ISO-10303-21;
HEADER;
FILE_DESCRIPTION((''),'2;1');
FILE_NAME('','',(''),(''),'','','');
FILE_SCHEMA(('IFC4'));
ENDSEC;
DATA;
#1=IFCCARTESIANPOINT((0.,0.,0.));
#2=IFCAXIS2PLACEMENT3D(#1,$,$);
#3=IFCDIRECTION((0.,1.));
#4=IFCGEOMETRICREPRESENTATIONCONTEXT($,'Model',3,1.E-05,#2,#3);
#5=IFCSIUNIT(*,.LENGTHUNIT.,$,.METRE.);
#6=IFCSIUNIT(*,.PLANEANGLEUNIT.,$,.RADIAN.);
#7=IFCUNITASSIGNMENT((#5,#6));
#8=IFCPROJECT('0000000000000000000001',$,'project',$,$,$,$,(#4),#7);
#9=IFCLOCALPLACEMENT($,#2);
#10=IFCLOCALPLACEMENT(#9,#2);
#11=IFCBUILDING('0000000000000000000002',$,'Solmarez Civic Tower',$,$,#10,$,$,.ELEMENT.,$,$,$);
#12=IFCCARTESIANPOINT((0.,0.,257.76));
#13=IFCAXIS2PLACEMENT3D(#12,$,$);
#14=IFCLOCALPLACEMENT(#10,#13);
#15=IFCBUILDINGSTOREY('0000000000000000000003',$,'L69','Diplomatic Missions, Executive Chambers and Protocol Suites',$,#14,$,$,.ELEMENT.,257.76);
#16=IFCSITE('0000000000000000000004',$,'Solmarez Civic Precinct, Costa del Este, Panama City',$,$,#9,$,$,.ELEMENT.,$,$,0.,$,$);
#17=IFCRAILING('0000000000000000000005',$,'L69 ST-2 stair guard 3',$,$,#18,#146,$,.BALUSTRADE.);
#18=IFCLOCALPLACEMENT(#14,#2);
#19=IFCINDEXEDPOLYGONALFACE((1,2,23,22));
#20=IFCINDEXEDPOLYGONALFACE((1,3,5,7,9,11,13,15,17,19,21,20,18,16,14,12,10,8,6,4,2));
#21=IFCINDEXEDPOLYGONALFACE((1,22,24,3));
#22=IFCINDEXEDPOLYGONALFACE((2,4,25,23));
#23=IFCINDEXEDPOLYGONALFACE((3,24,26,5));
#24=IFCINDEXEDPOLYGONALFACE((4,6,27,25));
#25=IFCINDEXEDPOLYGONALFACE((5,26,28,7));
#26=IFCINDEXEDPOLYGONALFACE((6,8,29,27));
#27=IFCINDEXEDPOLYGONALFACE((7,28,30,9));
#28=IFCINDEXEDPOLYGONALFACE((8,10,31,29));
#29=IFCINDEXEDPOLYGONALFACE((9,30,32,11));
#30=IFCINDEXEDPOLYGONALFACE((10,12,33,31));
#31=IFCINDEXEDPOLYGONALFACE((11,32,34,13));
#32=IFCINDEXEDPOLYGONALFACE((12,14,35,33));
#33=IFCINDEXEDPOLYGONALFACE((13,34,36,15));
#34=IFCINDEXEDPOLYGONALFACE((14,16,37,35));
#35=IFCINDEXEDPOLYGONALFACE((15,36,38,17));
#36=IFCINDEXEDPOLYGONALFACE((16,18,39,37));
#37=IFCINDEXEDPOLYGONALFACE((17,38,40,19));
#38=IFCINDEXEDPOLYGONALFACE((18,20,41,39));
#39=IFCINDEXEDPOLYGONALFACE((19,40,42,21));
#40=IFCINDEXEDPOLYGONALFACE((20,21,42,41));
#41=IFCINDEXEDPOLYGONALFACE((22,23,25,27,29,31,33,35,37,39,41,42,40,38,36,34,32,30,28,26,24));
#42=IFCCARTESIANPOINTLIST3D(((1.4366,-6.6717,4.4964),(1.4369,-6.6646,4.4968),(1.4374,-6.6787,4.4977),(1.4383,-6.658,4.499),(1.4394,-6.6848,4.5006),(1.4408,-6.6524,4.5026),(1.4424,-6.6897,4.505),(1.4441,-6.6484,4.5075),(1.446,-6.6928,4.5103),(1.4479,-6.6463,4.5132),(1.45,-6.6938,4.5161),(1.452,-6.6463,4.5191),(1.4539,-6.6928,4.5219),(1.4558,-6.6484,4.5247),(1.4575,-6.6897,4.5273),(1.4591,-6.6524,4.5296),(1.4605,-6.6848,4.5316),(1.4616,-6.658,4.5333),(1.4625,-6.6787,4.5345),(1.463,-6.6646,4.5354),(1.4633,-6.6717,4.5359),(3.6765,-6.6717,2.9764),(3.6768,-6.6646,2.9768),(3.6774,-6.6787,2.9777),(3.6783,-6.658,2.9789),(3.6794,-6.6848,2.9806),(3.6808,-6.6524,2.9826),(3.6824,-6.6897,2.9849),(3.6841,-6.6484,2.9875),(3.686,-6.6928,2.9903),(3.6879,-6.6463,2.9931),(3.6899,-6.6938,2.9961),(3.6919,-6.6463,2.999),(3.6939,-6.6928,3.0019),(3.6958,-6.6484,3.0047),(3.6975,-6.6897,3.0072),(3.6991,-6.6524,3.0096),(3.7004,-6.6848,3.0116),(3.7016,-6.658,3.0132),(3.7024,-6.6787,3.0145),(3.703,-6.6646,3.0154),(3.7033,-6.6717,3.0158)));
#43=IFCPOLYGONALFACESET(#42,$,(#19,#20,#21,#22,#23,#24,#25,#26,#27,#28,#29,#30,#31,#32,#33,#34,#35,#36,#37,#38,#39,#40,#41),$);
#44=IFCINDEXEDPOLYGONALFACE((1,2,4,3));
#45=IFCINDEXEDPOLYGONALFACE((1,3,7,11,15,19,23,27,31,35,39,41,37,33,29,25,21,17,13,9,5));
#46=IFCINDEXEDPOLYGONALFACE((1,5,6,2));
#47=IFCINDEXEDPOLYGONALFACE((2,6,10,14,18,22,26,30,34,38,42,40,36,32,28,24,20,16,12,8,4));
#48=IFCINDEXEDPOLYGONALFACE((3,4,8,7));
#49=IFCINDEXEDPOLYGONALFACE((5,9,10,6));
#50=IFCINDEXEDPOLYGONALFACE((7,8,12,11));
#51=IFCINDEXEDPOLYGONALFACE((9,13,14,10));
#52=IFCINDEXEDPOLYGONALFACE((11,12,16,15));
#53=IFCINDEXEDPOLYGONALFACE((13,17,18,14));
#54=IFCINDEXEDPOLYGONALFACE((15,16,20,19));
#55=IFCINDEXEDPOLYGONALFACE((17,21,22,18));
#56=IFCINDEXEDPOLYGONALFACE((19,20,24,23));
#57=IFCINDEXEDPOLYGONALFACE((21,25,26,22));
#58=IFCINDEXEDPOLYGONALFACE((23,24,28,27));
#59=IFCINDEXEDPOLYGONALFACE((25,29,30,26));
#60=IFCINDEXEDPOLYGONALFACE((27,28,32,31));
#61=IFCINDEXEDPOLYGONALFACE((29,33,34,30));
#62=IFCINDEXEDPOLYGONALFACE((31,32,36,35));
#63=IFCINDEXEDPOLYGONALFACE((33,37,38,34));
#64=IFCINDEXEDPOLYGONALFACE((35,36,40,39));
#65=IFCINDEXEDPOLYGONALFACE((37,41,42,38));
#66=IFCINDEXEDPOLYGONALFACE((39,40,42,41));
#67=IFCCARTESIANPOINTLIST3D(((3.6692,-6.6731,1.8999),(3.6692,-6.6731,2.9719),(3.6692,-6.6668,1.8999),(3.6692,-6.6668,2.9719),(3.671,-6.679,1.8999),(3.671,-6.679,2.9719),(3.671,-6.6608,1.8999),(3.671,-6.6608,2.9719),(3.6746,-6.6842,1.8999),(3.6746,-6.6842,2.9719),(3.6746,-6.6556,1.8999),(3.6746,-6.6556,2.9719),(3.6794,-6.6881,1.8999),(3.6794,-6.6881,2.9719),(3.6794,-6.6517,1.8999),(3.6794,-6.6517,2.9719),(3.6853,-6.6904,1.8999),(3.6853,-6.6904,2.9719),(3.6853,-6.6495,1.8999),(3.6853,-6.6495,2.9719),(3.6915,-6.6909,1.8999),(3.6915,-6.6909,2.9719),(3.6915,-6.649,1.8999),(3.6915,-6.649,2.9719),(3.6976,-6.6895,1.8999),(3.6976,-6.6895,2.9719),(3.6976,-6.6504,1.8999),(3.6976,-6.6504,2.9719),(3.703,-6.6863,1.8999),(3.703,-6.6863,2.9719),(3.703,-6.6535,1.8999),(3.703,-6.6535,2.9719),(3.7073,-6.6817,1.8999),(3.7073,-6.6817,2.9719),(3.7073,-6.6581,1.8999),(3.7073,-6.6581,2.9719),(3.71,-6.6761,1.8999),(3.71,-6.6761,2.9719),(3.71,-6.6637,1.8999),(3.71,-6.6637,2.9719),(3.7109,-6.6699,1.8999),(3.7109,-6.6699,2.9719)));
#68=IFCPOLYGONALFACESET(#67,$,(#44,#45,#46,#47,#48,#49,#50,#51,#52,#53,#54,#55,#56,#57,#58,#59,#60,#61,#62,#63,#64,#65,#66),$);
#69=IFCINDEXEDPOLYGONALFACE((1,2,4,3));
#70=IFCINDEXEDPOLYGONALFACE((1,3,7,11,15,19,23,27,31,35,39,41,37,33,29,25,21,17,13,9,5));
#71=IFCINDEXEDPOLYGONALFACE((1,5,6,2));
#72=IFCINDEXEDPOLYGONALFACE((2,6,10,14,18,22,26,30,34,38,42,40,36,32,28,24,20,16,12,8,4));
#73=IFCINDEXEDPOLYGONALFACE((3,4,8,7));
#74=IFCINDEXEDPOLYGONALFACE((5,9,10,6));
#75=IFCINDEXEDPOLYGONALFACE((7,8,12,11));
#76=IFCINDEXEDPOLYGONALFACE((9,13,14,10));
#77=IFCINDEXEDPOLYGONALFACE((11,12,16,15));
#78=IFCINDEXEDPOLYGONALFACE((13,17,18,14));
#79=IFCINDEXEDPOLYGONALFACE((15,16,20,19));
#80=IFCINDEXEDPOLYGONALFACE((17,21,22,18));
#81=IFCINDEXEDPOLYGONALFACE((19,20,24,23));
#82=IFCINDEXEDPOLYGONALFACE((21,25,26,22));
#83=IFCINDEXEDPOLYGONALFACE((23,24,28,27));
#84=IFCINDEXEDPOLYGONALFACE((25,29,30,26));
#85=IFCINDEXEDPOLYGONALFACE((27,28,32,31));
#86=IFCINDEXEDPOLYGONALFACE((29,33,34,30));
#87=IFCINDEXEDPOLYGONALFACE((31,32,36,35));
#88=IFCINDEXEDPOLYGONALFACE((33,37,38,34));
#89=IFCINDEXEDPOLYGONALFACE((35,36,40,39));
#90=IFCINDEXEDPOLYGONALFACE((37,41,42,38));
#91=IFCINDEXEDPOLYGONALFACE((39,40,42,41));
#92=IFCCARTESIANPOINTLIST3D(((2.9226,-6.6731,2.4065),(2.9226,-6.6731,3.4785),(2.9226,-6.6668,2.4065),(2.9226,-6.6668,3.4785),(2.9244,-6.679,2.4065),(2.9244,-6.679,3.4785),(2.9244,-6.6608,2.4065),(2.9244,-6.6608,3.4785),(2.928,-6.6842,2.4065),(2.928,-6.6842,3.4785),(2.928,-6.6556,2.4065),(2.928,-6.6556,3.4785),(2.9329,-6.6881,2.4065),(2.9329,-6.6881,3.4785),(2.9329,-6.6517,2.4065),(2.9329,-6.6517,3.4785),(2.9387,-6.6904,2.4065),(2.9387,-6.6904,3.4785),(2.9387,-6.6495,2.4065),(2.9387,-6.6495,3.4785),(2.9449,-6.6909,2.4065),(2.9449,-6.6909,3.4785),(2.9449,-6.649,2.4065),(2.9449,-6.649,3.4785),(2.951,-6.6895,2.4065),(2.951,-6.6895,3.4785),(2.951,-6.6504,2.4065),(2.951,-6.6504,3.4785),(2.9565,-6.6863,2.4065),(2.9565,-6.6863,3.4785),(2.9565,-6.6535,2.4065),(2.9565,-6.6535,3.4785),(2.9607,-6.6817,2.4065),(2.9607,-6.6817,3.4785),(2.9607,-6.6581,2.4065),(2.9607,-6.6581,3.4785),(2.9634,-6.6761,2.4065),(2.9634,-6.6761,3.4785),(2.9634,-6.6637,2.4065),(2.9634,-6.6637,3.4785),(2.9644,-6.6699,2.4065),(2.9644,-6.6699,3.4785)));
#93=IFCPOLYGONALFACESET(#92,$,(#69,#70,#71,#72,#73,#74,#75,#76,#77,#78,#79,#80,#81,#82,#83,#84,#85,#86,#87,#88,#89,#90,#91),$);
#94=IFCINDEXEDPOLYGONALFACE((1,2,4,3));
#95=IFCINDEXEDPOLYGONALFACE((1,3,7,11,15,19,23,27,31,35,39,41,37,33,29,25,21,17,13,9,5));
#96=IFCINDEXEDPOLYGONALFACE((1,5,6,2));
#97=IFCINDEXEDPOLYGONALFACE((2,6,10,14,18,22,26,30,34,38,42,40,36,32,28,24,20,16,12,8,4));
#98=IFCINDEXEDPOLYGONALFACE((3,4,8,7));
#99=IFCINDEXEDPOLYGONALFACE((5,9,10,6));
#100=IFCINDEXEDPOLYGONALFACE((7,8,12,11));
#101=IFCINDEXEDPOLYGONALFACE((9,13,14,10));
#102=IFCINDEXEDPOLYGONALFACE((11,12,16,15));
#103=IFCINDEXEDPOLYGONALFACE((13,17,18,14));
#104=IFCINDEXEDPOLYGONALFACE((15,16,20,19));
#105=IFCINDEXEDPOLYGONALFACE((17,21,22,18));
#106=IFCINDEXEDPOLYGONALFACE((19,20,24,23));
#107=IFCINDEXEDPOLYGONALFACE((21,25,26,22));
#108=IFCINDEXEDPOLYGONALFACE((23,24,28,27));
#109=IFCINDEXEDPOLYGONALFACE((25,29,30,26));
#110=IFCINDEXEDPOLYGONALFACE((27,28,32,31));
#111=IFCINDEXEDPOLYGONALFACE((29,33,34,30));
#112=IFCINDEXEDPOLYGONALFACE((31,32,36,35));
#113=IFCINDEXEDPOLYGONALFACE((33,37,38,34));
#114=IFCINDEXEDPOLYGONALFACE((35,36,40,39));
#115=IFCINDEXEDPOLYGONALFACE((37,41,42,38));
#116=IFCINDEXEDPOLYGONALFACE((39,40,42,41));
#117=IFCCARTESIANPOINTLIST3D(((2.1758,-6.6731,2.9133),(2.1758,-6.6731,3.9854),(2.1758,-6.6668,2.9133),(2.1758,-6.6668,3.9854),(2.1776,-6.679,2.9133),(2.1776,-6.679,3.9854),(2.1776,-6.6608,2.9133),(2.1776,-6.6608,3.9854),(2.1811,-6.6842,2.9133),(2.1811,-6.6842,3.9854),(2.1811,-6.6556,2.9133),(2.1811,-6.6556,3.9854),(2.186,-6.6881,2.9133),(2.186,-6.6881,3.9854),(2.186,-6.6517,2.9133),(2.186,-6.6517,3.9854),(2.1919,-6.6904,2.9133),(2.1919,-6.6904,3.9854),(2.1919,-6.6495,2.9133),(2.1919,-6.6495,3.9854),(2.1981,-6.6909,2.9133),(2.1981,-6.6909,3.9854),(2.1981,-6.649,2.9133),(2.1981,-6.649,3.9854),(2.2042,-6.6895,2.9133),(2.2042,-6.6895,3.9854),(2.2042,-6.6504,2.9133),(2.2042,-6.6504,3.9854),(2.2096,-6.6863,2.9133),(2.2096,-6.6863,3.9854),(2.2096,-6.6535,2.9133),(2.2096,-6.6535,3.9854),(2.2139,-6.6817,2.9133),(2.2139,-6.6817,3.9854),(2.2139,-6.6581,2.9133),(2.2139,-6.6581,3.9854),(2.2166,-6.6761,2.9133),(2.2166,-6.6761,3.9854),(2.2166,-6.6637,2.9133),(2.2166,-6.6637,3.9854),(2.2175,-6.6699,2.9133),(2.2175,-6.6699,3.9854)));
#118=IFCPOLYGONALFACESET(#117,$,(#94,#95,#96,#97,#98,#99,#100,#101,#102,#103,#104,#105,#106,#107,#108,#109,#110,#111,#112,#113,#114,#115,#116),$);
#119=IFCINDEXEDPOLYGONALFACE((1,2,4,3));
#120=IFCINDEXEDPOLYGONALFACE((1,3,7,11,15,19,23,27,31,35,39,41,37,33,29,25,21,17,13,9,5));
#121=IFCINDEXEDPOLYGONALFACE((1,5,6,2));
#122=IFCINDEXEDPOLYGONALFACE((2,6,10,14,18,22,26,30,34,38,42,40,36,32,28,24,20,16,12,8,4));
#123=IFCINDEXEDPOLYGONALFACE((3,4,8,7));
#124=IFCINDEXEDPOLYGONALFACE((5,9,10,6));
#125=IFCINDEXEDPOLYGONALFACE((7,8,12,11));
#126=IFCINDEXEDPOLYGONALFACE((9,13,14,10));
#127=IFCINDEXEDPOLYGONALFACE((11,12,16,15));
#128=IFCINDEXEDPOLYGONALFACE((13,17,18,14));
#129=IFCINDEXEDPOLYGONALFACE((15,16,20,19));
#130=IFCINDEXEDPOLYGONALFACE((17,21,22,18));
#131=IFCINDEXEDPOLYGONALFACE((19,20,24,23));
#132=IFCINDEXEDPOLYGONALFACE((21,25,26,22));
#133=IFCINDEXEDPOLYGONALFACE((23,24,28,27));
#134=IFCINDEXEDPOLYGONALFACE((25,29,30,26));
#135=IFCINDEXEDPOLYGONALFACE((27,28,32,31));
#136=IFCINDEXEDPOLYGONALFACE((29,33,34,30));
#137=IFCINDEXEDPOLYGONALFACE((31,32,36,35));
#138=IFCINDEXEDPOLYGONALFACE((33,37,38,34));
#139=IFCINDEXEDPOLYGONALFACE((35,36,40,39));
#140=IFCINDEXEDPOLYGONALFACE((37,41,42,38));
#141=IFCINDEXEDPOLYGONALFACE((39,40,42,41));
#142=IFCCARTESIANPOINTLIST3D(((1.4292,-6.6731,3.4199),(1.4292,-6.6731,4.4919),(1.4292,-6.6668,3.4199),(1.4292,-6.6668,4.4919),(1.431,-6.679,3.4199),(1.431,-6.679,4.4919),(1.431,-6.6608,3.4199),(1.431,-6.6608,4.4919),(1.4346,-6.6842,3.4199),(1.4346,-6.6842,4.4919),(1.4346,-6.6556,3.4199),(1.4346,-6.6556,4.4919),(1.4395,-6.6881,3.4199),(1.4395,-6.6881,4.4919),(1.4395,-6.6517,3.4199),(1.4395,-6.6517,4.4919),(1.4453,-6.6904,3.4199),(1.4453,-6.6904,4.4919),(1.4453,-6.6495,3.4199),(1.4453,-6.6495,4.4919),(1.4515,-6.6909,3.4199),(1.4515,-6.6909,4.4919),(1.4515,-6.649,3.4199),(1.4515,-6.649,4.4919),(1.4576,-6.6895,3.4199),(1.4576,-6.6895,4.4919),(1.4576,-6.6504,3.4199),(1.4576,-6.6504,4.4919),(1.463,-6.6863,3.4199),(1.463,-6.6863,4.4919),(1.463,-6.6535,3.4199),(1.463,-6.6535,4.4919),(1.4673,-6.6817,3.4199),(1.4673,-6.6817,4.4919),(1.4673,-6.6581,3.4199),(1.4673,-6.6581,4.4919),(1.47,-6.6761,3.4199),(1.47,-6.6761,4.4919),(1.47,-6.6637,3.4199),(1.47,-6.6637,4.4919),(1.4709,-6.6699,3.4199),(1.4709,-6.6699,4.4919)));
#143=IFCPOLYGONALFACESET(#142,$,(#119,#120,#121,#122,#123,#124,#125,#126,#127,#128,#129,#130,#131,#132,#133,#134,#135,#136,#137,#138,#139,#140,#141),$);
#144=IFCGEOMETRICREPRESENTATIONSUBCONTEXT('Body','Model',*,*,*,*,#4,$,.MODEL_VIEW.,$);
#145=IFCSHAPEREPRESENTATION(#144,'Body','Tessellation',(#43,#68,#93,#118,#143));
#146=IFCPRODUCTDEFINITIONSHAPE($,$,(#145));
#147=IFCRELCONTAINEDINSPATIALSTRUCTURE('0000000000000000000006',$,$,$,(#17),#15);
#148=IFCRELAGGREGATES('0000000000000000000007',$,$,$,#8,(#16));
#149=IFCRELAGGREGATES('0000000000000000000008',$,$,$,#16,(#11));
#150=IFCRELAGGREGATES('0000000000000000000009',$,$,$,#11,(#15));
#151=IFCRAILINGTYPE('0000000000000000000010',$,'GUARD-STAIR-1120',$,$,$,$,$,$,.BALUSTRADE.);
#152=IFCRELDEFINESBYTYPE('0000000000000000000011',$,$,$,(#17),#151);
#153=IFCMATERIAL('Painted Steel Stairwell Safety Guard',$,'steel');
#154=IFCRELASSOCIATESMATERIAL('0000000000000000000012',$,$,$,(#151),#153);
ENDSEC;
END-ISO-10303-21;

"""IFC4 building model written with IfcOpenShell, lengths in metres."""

from ifc_helpers import new_model, si_unit, direction, frame, origin, origin_2d, place, context, subcontext, project, spatial, circle, extrude, material, type_object, element, save


model = new_model("IFC4")

# Units and contexts
model_context = context("Model", 3, precision=1e-05, world=origin(), true_north=direction((0.0, 1.0)))
body_context = subcontext(model_context, "Body", "Model", "MODEL_VIEW")
ifc_project = project(units=[si_unit("LENGTHUNIT", "METRE"), si_unit("PLANEANGLEUNIT", "RADIAN")], contexts=[model_context])

# Site, building, storey
site_placement = place(None, origin())
site = spatial("IfcSite", under=ifc_project, at=site_placement, Name="Solmarez Civic Precinct, Costa del Este, Panama City", CompositionType="ELEMENT", RefElevation=0.0)
building_placement = place(site_placement, origin())
building = spatial("IfcBuilding", under=site, at=building_placement, Name="Solmarez Civic Tower", CompositionType="ELEMENT")
storey_placement = place(building_placement, frame((0.0, 0.0, 257.76)))
storey = spatial("IfcBuildingStorey", under=building, at=storey_placement, Name="L69", Description="Diplomatic Missions, Executive Chambers and Protocol Suites", CompositionType="ELEMENT", Elevation=257.76)

# Railing
ifc_material_1 = material(Name="Painted Steel Stairwell Safety Guard", Category="steel")
railing_type_1 = type_object("IfcRailingType", Name="GUARD-STAIR-1120", PredefinedType="BALUSTRADE", material=ifc_material_1)
railing_1_placement = place(storey_placement, frame((3.6899, -6.6699, 1.8999)))
element("IfcRailing", 1, at=railing_1_placement, inside=storey, type_object=railing_type_1, Name="L69 ST-2 stair guard 3", PredefinedType="BALUSTRADE", context=body_context, shape_type="SweptSolid", body=[
    extrude(circle(Radius=0.0239, at=origin_2d()), frame((0.0, 0.0, 1.0962), z_axis=(-0.827471, 0.0, 0.561508), x_axis=(0.0, -1.0, 0.0)), (0.0, 0.0, 1.0), 2.707),
    extrude(circle(Radius=0.021, at=origin_2d()), origin(), (0.0, 0.0, 1.0), 1.072),
    extrude(circle(Radius=0.021, at=origin_2d()), frame((-0.7466, 0.0, 0.5066)), (0.0, 0.0, 1.0), 1.072),
    extrude(circle(Radius=0.021, at=origin_2d()), frame((-1.4934, 0.0, 1.0134)), (0.0, 0.0, 1.0), 1.072),
    extrude(circle(Radius=0.021, at=origin_2d()), frame((-2.24, 0.0, 1.52)), (0.0, 0.0, 1.0), 1.072),
])

save(model, "model.ifc")
